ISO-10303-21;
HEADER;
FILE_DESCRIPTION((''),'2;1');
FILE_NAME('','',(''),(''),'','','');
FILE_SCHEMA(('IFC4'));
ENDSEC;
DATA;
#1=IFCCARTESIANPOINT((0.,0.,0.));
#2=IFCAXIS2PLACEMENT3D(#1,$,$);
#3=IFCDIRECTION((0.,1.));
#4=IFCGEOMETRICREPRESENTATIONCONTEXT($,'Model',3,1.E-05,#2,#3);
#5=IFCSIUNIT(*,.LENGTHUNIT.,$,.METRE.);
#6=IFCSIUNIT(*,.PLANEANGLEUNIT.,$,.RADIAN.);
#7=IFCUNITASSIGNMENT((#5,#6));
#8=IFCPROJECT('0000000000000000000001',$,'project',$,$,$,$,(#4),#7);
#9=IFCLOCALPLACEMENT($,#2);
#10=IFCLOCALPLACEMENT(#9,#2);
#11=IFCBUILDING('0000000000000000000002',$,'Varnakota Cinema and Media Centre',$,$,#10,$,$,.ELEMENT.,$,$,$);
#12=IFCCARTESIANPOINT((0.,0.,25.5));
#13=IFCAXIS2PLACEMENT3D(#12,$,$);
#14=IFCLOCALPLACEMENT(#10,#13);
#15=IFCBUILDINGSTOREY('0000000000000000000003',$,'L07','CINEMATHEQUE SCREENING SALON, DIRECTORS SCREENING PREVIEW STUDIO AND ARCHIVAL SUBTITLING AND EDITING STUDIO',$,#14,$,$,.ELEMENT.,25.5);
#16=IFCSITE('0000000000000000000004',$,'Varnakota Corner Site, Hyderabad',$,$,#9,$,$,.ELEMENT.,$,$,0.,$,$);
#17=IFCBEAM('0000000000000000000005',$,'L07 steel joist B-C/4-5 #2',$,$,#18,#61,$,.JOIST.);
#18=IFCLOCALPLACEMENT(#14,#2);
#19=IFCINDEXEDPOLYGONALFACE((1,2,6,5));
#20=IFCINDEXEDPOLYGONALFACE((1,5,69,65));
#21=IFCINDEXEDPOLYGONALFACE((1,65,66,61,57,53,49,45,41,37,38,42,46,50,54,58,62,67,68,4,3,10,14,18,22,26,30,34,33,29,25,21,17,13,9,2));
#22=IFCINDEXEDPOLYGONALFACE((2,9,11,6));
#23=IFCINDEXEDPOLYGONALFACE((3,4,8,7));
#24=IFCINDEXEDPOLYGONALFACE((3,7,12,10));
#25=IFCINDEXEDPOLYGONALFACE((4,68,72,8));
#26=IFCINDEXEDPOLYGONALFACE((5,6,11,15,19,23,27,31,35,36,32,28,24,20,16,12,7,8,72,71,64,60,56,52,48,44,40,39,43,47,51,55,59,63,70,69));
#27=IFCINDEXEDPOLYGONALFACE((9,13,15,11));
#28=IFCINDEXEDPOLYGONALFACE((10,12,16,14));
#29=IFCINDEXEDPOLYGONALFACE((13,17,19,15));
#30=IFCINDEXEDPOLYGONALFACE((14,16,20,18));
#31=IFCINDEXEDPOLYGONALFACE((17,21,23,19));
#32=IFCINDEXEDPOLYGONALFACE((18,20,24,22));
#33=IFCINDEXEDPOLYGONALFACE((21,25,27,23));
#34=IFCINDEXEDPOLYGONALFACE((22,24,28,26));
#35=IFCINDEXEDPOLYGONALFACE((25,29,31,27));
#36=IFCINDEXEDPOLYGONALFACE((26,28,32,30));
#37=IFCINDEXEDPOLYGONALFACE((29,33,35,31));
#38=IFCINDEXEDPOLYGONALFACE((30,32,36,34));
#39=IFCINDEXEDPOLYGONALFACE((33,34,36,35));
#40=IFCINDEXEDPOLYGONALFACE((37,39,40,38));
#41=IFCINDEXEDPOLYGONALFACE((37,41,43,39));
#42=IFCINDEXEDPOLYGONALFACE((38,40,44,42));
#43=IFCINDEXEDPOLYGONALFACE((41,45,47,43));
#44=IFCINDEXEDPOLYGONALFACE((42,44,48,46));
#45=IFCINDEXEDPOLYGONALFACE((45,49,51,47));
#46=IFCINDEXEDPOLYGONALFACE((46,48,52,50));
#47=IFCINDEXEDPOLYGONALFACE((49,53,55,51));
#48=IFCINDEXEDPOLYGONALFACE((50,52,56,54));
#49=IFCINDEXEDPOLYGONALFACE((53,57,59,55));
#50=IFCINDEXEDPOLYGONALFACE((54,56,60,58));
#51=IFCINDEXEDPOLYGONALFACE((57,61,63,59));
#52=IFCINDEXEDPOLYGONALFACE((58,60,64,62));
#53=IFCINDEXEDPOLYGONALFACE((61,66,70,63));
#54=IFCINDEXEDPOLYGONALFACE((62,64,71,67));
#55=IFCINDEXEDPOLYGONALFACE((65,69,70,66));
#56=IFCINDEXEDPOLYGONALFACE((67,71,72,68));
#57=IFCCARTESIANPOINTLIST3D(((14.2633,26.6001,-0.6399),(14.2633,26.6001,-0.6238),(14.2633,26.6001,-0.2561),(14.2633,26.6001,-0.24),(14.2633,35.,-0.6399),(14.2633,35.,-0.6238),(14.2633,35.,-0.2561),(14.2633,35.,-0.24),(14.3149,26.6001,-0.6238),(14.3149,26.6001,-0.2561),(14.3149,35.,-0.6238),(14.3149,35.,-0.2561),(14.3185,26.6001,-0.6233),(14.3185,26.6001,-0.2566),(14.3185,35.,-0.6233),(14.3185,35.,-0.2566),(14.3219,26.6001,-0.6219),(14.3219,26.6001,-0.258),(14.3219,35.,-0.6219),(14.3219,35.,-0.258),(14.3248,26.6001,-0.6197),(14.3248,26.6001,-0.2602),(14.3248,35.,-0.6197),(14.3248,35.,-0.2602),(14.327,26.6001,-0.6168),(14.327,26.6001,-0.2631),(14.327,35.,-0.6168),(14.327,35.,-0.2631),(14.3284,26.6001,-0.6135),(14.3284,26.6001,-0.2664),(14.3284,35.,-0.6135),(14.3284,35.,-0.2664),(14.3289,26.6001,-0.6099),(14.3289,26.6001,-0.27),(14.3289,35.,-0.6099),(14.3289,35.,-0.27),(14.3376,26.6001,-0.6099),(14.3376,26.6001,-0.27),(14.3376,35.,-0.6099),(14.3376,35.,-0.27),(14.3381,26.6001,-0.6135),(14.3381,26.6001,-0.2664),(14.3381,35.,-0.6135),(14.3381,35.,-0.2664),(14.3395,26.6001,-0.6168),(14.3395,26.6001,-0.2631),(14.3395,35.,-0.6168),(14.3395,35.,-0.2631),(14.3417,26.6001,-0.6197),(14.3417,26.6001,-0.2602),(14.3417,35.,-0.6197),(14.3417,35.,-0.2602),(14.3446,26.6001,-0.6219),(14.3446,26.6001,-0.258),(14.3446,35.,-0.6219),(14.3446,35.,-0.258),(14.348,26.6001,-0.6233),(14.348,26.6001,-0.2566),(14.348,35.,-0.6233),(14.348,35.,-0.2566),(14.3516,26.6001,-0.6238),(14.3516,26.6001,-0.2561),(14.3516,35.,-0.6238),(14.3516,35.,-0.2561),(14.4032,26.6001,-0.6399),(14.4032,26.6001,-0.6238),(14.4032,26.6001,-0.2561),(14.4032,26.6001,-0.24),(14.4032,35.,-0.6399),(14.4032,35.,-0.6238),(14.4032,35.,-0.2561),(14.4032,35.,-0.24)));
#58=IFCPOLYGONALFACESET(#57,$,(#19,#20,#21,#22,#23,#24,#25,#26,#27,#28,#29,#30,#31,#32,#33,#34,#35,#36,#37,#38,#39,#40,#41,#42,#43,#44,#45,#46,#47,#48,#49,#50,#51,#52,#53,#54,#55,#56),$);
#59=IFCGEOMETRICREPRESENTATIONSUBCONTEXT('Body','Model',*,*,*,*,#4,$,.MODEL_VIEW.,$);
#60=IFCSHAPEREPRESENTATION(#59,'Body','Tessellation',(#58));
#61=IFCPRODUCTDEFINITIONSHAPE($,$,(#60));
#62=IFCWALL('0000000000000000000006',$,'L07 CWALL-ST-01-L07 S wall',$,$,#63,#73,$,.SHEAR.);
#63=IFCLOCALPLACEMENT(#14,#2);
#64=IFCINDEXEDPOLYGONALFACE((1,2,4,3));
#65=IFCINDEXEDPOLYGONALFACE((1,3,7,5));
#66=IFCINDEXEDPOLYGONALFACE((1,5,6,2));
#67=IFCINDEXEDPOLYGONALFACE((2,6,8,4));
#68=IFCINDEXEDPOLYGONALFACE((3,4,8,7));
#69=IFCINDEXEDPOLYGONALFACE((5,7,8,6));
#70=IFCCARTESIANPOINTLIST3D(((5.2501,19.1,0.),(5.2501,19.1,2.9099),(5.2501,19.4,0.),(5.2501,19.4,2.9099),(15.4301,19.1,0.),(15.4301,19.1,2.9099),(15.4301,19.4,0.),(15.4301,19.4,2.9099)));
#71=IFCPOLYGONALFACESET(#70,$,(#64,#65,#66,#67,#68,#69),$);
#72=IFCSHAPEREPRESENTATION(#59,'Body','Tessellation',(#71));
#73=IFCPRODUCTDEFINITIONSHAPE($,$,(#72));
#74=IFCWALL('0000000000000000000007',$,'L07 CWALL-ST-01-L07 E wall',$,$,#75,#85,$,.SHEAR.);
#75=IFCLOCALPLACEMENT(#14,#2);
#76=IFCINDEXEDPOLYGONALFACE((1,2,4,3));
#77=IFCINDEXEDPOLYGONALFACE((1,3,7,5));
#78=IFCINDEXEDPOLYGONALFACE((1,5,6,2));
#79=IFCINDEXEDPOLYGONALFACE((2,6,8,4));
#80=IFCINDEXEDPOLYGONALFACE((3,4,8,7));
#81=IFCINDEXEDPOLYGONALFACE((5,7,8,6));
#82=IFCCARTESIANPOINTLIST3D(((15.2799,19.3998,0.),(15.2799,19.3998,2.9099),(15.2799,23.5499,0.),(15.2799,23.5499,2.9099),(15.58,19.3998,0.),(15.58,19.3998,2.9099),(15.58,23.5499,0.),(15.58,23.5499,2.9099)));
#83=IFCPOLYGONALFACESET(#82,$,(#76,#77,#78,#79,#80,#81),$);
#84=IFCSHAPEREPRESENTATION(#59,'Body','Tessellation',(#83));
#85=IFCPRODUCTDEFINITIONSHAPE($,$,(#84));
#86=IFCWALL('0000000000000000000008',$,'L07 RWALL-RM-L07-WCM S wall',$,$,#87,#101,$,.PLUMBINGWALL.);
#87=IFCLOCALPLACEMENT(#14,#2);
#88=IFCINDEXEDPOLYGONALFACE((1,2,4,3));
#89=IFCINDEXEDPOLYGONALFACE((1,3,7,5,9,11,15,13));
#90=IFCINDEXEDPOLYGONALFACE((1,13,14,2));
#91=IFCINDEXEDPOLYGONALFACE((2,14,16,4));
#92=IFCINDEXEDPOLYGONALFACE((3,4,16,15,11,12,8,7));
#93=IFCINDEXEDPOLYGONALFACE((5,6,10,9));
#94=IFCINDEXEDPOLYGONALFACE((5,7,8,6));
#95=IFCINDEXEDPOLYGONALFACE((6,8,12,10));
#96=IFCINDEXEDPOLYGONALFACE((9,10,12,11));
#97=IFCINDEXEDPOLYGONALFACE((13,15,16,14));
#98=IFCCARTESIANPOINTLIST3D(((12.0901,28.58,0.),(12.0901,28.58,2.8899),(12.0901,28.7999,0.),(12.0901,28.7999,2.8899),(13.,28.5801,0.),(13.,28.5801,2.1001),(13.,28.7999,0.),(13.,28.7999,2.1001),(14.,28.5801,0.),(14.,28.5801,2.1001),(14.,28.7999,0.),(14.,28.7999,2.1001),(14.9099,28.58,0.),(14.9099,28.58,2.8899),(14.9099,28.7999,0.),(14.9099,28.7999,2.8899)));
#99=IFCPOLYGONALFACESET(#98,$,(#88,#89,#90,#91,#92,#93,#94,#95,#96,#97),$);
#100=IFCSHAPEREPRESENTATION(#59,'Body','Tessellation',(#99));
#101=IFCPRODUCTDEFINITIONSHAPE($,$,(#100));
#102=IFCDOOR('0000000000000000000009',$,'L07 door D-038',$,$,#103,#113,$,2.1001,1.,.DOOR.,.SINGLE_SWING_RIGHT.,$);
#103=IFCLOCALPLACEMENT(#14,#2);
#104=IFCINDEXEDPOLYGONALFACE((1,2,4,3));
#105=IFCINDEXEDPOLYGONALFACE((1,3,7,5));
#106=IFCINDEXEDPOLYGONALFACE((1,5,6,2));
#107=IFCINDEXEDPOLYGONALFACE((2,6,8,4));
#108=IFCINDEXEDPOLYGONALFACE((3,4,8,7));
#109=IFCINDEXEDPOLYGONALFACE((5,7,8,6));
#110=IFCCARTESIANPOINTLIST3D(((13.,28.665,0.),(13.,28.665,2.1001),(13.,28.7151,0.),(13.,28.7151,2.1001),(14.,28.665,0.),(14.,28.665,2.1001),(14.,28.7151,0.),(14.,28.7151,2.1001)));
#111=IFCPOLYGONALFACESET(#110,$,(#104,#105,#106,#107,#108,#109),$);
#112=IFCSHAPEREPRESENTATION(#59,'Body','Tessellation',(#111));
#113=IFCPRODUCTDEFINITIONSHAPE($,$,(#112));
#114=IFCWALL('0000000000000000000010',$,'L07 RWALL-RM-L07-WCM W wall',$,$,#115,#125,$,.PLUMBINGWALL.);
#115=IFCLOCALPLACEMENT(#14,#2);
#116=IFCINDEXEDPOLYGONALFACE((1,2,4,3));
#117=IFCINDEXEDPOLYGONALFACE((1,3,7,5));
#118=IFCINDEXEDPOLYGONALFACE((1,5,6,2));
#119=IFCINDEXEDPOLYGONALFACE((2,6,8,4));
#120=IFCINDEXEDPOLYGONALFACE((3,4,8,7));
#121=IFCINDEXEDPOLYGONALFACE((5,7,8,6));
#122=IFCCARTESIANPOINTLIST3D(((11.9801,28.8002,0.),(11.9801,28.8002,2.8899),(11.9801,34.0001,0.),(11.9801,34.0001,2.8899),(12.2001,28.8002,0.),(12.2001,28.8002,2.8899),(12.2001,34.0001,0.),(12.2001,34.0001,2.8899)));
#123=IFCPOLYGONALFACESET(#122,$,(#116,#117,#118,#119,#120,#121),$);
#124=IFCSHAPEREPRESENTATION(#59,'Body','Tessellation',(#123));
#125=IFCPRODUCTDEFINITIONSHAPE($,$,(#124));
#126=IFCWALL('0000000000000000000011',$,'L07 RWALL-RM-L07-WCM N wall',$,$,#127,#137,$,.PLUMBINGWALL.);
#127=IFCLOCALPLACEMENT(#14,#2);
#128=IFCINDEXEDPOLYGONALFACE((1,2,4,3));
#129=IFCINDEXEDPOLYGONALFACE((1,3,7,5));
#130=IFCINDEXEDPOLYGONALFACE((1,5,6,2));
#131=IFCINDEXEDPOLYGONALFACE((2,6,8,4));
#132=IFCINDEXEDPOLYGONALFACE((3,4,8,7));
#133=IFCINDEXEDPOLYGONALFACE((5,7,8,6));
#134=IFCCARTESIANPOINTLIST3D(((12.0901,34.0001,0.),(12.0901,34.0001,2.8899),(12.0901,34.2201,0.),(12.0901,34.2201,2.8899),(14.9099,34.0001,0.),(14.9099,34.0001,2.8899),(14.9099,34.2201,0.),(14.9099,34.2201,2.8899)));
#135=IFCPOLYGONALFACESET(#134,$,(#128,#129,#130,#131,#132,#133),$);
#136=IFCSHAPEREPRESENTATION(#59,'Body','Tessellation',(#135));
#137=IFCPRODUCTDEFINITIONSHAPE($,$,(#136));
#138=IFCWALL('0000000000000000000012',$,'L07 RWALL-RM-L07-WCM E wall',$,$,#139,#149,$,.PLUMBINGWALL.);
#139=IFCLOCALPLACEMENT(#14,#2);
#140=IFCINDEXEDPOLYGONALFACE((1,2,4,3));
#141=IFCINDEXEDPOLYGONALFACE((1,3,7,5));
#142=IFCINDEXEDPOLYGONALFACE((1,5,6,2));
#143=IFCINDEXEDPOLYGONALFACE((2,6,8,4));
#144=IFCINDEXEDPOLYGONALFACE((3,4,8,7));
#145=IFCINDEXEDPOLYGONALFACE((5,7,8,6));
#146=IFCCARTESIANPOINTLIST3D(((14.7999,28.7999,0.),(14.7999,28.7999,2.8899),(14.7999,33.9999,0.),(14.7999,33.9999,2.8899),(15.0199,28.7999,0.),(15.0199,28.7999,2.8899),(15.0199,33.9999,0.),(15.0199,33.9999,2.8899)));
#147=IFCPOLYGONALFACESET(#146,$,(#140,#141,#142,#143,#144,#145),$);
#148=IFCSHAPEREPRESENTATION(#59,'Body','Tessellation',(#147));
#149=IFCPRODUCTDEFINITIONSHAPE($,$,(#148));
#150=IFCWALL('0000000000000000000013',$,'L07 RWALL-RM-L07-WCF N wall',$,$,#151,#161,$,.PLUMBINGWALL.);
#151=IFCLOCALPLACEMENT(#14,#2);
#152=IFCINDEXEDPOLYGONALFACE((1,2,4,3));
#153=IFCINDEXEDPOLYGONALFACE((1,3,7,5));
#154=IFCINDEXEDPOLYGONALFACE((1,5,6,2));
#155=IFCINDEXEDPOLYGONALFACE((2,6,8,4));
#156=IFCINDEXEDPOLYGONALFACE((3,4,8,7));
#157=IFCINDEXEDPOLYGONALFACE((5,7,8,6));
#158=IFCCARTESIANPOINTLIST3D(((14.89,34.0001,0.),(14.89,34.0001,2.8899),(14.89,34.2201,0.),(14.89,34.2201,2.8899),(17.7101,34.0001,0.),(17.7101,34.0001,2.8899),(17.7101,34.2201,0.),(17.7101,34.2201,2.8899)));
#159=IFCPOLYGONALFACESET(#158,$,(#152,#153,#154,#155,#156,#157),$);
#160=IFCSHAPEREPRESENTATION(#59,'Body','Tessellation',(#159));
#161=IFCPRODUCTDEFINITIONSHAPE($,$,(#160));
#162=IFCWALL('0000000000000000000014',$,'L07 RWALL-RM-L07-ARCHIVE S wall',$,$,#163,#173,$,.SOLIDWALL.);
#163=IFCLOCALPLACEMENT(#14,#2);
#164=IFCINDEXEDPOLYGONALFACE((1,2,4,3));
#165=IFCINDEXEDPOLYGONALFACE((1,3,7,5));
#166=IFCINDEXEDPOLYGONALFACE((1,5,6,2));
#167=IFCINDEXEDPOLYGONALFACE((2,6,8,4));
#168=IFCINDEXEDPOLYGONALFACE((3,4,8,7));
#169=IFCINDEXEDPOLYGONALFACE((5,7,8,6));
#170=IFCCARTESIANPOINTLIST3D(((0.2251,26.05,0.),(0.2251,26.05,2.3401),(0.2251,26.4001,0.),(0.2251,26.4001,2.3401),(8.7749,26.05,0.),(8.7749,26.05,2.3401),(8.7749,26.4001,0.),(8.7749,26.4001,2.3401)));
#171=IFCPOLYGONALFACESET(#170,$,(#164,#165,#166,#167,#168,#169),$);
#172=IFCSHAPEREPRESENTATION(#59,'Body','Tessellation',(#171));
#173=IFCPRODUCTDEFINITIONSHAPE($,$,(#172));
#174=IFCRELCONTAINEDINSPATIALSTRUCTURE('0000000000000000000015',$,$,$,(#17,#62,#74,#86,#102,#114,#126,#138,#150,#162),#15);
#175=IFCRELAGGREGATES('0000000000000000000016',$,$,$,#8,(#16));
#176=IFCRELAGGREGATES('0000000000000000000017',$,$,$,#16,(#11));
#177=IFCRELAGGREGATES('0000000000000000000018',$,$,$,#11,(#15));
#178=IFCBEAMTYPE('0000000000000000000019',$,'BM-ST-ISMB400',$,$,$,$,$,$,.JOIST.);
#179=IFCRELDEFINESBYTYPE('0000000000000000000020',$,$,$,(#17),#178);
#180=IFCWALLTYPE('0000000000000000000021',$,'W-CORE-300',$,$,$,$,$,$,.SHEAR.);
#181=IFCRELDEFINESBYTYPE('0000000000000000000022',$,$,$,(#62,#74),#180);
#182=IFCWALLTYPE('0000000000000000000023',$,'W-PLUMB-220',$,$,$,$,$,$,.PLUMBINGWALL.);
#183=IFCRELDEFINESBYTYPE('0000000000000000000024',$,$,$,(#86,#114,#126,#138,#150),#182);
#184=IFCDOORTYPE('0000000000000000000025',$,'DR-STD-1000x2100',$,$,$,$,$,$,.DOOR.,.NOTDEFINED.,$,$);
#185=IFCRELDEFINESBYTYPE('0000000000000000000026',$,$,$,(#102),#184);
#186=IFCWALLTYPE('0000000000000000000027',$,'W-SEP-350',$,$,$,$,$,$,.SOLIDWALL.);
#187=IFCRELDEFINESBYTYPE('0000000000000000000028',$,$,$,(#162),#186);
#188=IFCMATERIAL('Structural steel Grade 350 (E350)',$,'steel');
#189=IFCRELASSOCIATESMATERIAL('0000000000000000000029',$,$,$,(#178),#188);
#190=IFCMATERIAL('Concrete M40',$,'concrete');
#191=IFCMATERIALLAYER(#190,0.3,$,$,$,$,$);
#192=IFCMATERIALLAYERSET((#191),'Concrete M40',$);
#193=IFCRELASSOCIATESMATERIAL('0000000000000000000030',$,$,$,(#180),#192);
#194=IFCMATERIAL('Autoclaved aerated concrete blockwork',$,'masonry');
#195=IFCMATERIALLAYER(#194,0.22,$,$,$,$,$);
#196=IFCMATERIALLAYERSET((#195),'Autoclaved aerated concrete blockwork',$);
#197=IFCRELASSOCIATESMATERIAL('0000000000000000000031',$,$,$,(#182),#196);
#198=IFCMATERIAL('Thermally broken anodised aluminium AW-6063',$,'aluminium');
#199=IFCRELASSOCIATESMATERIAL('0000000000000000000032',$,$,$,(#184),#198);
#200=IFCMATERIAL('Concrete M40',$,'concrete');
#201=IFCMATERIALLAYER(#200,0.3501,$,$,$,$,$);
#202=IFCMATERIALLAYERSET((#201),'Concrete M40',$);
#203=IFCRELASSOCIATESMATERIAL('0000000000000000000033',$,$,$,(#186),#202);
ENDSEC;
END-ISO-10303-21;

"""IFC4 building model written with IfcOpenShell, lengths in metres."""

from ifc_helpers import new_model, si_unit, direction, frame, frame_2d, origin, origin_2d, place, context, subcontext, project, spatial, rectangle, i_section, extrude, material, layer, layer_set, material_profile, profile_set, type_object, element, fill, save


model = new_model("IFC4")

# Units and contexts
model_context = context("Model", 3, precision=1e-05, world=origin(), true_north=direction((0.0, 1.0)))
body_context = subcontext(model_context, "Body", "Model", "MODEL_VIEW")
ifc_project = project(units=[si_unit("LENGTHUNIT", "METRE"), si_unit("PLANEANGLEUNIT", "RADIAN")], contexts=[model_context])

# Site, building, storey
site_placement = place(None, origin())
site = spatial("IfcSite", under=ifc_project, at=site_placement, Name="Varnakota Corner Site, Hyderabad", CompositionType="ELEMENT", RefElevation=0.0)
building_placement = place(site_placement, origin())
building = spatial("IfcBuilding", under=site, at=building_placement, Name="Varnakota Cinema and Media Centre", CompositionType="ELEMENT")
storey_placement = place(building_placement, frame((0.0, 0.0, 25.5)))
storey = spatial("IfcBuildingStorey", under=building, at=storey_placement, Name="L07", Description="CINEMATHEQUE SCREENING SALON, DIRECTORS SCREENING PREVIEW STUDIO AND ARCHIVAL SUBTITLING AND EDITING STUDIO", CompositionType="ELEMENT", Elevation=25.5)

# Beam
ifc_material_1 = material(Name="Structural steel Grade 350 (E350)", Category="steel")
ifc_material_profile_1 = material_profile(ifc_material_1, i_section(OverallWidth=0.1399, OverallDepth=0.3999, WebThickness=0.0088, FlangeThickness=0.0161, FilletRadius=0.0139, at=origin_2d()), Name="ISMB 400")
ifc_profile_set_1 = profile_set([ifc_material_profile_1], Name="Structural steel Grade 350 (E350)")
beam_type_1 = type_object("IfcBeamType", Name="BM-ST-ISMB400", PredefinedType="JOIST", material=ifc_profile_set_1)
for number, where, z_axis, x_axis, name in (
    (1, (14.3333, 26.6001, -0.4399), (0.0, 1.0, 0.0), (-1.0, 0.0, 0.0), "L07 steel joist B-C/4-5 #2"),
):
    element("IfcBeam", number, at=place(storey_placement, frame(where, z_axis=z_axis, x_axis=x_axis)), inside=storey, type_object=beam_type_1, Name=name, PredefinedType="JOIST", context=body_context, shape_type="SweptSolid", body=[
        extrude(i_section(OverallWidth=0.1399, OverallDepth=0.3999, WebThickness=0.0088, FlangeThickness=0.0161, FilletRadius=0.0139, at=origin_2d()), origin(), (0.0, 0.0, 1.0), 8.3999),
    ])

# Walls
ifc_material_2 = material(Name="Concrete M40", Category="concrete")
ifc_layer_1 = layer(ifc_material_2, 0.3)
ifc_layer_set_1 = layer_set([ifc_layer_1], Name="Concrete M40")
wall_type_1 = type_object("IfcWallType", Name="W-CORE-300", PredefinedType="SHEAR", material=ifc_layer_set_1)
wall_1_placement = place(storey_placement, frame((15.4299, 19.25, 0.0), z_axis=(0.0, 0.0, 1.0), x_axis=(-1.0, 0.0, 0.0)))
element("IfcWall", 2, at=wall_1_placement, inside=storey, type_object=wall_type_1, Name="L07 CWALL-ST-01-L07 S wall", PredefinedType="SHEAR", context=body_context, shape_type="SweptSolid", body=[
    extrude(rectangle(XDim=10.1799, YDim=0.3, at=frame_2d((5.0898, 0.0))), origin(), (0.0, 0.0, 1.0), 2.9099),
])
wall_2_placement = place(storey_placement, frame((15.4299, 23.55, 0.0), z_axis=(0.0, 0.0, 1.0), x_axis=(0.0, -1.0, 0.0)))
element("IfcWall", 3, at=wall_2_placement, inside=storey, type_object=wall_type_1, Name="L07 CWALL-ST-01-L07 E wall", PredefinedType="SHEAR", context=body_context, shape_type="SweptSolid", body=[
    extrude(rectangle(XDim=4.1501, YDim=0.3, at=frame_2d((2.0752, 0.0))), origin(), (0.0, 0.0, 1.0), 2.9099),
])

# Wall, opening, door
ifc_material_3 = material(Name="Autoclaved aerated concrete blockwork", Category="masonry")
ifc_layer_2 = layer(ifc_material_3, 0.22)
ifc_layer_set_2 = layer_set([ifc_layer_2], Name="Autoclaved aerated concrete blockwork")
wall_type_2 = type_object("IfcWallType", Name="W-PLUMB-220", PredefinedType="PLUMBINGWALL", material=ifc_layer_set_2)
wall_3_placement = place(storey_placement, frame((14.9099, 28.6899, 0.0), z_axis=(0.0, 0.0, 1.0), x_axis=(-1.0, 0.0, 0.0)))
wall_3 = element("IfcWall", 4, at=wall_3_placement, inside=storey, type_object=wall_type_2, Name="L07 RWALL-RM-L07-WCM S wall", PredefinedType="PLUMBINGWALL", context=body_context, shape_type="SweptSolid", body=[
    extrude(rectangle(XDim=2.8198, YDim=0.22, at=frame_2d((1.4099, 0.0))), origin(), (0.0, 0.0, 1.0), 2.8899),
])
opening_1_placement = place(wall_3_placement, frame((0.9099, 0.0, 0.0)))
opening_1 = element("IfcOpeningElement", 5, at=opening_1_placement, cuts=wall_3, PredefinedType="OPENING", context=body_context, shape_type="SweptSolid", body=[
    extrude(rectangle(XDim=1.0, YDim=2.1001, at=frame_2d((0.5, 1.05))), frame((0.0, 0.1099, 0.0), z_axis=(0.0, -1.0, 0.0), x_axis=(1.0, 0.0, 0.0)), (0.0, 0.0, 1.0), 0.22),
])
ifc_material_4 = material(Name="Thermally broken anodised aluminium AW-6063", Category="aluminium")
door_type_1 = type_object("IfcDoorType", Name="DR-STD-1000x2100", OperationType="NOTDEFINED", PredefinedType="DOOR", material=ifc_material_4)
door_1_placement = place(opening_1_placement, origin())
door_1 = element("IfcDoor", 6, at=door_1_placement, inside=storey, type_object=door_type_1, Name="L07 door D-038", OperationType="SINGLE_SWING_RIGHT", OverallHeight=2.1001, OverallWidth=1.0, PredefinedType="DOOR", context=body_context, shape_type="SweptSolid", body=[
    extrude(rectangle(XDim=1.0, YDim=2.1001, at=frame_2d((0.5, 1.05))), frame((0.0, 0.0249, 0.0), z_axis=(0.0, -1.0, 0.0), x_axis=(1.0, 0.0, 0.0)), (0.0, 0.0, 1.0), 0.05),
])
fill(opening_1, door_1)

# Walls
wall_4_placement = place(storey_placement, frame((12.0901, 28.8, 0.0), z_axis=(0.0, 0.0, 1.0), x_axis=(0.0, 1.0, 0.0)))
element("IfcWall", 7, at=wall_4_placement, inside=storey, type_object=wall_type_2, Name="L07 RWALL-RM-L07-WCM W wall", PredefinedType="PLUMBINGWALL", context=body_context, shape_type="SweptSolid", body=[
    extrude(rectangle(XDim=5.2, YDim=0.22, at=frame_2d((2.6001, 0.0))), origin(), (0.0, 0.0, 1.0), 2.8899),
])
wall_5_placement = place(storey_placement, frame((12.0901, 34.1101, 0.0), z_axis=(0.0, 0.0, 1.0), x_axis=(1.0, 0.0, 0.0)))
element("IfcWall", 8, at=wall_5_placement, inside=storey, type_object=wall_type_2, Name="L07 RWALL-RM-L07-WCM N wall", PredefinedType="PLUMBINGWALL", context=body_context, shape_type="SweptSolid", body=[
    extrude(rectangle(XDim=2.8198, YDim=0.22, at=frame_2d((1.4099, 0.0))), origin(), (0.0, 0.0, 1.0), 2.8899),
])
wall_6_placement = place(storey_placement, frame((14.9099, 34.0, 0.0), z_axis=(0.0, 0.0, 1.0), x_axis=(0.0, -1.0, 0.0)))
element("IfcWall", 9, at=wall_6_placement, inside=storey, type_object=wall_type_2, Name="L07 RWALL-RM-L07-WCM E wall", PredefinedType="PLUMBINGWALL", context=body_context, shape_type="SweptSolid", body=[
    extrude(rectangle(XDim=5.2, YDim=0.22, at=frame_2d((2.6001, 0.0))), origin(), (0.0, 0.0, 1.0), 2.8899),
])
wall_7_placement = place(storey_placement, frame((14.8899, 34.1101, 0.0), z_axis=(0.0, 0.0, 1.0), x_axis=(1.0, 0.0, 0.0)))
element("IfcWall", 10, at=wall_7_placement, inside=storey, type_object=wall_type_2, Name="L07 RWALL-RM-L07-WCF N wall", PredefinedType="PLUMBINGWALL", context=body_context, shape_type="SweptSolid", body=[
    extrude(rectangle(XDim=2.8201, YDim=0.22, at=frame_2d((1.4102, 0.0))), origin(), (0.0, 0.0, 1.0), 2.8899),
])
ifc_material_5 = material(Name="Concrete M40", Category="concrete")
ifc_layer_3 = layer(ifc_material_5, 0.3501)
ifc_layer_set_3 = layer_set([ifc_layer_3], Name="Concrete M40")
wall_type_3 = type_object("IfcWallType", Name="W-SEP-350", PredefinedType="SOLIDWALL", material=ifc_layer_set_3)
wall_8_placement = place(storey_placement, frame((8.7749, 26.2251, 0.0), z_axis=(0.0, 0.0, 1.0), x_axis=(-1.0, 0.0, 0.0)))
element("IfcWall", 11, at=wall_8_placement, inside=storey, type_object=wall_type_3, Name="L07 RWALL-RM-L07-ARCHIVE S wall", PredefinedType="SOLIDWALL", context=body_context, shape_type="SweptSolid", body=[
    extrude(rectangle(XDim=8.5498, YDim=0.3501, at=frame_2d((4.2749, 0.0))), origin(), (0.0, 0.0, 1.0), 2.3401),
])

save(model, "model.ifc")
